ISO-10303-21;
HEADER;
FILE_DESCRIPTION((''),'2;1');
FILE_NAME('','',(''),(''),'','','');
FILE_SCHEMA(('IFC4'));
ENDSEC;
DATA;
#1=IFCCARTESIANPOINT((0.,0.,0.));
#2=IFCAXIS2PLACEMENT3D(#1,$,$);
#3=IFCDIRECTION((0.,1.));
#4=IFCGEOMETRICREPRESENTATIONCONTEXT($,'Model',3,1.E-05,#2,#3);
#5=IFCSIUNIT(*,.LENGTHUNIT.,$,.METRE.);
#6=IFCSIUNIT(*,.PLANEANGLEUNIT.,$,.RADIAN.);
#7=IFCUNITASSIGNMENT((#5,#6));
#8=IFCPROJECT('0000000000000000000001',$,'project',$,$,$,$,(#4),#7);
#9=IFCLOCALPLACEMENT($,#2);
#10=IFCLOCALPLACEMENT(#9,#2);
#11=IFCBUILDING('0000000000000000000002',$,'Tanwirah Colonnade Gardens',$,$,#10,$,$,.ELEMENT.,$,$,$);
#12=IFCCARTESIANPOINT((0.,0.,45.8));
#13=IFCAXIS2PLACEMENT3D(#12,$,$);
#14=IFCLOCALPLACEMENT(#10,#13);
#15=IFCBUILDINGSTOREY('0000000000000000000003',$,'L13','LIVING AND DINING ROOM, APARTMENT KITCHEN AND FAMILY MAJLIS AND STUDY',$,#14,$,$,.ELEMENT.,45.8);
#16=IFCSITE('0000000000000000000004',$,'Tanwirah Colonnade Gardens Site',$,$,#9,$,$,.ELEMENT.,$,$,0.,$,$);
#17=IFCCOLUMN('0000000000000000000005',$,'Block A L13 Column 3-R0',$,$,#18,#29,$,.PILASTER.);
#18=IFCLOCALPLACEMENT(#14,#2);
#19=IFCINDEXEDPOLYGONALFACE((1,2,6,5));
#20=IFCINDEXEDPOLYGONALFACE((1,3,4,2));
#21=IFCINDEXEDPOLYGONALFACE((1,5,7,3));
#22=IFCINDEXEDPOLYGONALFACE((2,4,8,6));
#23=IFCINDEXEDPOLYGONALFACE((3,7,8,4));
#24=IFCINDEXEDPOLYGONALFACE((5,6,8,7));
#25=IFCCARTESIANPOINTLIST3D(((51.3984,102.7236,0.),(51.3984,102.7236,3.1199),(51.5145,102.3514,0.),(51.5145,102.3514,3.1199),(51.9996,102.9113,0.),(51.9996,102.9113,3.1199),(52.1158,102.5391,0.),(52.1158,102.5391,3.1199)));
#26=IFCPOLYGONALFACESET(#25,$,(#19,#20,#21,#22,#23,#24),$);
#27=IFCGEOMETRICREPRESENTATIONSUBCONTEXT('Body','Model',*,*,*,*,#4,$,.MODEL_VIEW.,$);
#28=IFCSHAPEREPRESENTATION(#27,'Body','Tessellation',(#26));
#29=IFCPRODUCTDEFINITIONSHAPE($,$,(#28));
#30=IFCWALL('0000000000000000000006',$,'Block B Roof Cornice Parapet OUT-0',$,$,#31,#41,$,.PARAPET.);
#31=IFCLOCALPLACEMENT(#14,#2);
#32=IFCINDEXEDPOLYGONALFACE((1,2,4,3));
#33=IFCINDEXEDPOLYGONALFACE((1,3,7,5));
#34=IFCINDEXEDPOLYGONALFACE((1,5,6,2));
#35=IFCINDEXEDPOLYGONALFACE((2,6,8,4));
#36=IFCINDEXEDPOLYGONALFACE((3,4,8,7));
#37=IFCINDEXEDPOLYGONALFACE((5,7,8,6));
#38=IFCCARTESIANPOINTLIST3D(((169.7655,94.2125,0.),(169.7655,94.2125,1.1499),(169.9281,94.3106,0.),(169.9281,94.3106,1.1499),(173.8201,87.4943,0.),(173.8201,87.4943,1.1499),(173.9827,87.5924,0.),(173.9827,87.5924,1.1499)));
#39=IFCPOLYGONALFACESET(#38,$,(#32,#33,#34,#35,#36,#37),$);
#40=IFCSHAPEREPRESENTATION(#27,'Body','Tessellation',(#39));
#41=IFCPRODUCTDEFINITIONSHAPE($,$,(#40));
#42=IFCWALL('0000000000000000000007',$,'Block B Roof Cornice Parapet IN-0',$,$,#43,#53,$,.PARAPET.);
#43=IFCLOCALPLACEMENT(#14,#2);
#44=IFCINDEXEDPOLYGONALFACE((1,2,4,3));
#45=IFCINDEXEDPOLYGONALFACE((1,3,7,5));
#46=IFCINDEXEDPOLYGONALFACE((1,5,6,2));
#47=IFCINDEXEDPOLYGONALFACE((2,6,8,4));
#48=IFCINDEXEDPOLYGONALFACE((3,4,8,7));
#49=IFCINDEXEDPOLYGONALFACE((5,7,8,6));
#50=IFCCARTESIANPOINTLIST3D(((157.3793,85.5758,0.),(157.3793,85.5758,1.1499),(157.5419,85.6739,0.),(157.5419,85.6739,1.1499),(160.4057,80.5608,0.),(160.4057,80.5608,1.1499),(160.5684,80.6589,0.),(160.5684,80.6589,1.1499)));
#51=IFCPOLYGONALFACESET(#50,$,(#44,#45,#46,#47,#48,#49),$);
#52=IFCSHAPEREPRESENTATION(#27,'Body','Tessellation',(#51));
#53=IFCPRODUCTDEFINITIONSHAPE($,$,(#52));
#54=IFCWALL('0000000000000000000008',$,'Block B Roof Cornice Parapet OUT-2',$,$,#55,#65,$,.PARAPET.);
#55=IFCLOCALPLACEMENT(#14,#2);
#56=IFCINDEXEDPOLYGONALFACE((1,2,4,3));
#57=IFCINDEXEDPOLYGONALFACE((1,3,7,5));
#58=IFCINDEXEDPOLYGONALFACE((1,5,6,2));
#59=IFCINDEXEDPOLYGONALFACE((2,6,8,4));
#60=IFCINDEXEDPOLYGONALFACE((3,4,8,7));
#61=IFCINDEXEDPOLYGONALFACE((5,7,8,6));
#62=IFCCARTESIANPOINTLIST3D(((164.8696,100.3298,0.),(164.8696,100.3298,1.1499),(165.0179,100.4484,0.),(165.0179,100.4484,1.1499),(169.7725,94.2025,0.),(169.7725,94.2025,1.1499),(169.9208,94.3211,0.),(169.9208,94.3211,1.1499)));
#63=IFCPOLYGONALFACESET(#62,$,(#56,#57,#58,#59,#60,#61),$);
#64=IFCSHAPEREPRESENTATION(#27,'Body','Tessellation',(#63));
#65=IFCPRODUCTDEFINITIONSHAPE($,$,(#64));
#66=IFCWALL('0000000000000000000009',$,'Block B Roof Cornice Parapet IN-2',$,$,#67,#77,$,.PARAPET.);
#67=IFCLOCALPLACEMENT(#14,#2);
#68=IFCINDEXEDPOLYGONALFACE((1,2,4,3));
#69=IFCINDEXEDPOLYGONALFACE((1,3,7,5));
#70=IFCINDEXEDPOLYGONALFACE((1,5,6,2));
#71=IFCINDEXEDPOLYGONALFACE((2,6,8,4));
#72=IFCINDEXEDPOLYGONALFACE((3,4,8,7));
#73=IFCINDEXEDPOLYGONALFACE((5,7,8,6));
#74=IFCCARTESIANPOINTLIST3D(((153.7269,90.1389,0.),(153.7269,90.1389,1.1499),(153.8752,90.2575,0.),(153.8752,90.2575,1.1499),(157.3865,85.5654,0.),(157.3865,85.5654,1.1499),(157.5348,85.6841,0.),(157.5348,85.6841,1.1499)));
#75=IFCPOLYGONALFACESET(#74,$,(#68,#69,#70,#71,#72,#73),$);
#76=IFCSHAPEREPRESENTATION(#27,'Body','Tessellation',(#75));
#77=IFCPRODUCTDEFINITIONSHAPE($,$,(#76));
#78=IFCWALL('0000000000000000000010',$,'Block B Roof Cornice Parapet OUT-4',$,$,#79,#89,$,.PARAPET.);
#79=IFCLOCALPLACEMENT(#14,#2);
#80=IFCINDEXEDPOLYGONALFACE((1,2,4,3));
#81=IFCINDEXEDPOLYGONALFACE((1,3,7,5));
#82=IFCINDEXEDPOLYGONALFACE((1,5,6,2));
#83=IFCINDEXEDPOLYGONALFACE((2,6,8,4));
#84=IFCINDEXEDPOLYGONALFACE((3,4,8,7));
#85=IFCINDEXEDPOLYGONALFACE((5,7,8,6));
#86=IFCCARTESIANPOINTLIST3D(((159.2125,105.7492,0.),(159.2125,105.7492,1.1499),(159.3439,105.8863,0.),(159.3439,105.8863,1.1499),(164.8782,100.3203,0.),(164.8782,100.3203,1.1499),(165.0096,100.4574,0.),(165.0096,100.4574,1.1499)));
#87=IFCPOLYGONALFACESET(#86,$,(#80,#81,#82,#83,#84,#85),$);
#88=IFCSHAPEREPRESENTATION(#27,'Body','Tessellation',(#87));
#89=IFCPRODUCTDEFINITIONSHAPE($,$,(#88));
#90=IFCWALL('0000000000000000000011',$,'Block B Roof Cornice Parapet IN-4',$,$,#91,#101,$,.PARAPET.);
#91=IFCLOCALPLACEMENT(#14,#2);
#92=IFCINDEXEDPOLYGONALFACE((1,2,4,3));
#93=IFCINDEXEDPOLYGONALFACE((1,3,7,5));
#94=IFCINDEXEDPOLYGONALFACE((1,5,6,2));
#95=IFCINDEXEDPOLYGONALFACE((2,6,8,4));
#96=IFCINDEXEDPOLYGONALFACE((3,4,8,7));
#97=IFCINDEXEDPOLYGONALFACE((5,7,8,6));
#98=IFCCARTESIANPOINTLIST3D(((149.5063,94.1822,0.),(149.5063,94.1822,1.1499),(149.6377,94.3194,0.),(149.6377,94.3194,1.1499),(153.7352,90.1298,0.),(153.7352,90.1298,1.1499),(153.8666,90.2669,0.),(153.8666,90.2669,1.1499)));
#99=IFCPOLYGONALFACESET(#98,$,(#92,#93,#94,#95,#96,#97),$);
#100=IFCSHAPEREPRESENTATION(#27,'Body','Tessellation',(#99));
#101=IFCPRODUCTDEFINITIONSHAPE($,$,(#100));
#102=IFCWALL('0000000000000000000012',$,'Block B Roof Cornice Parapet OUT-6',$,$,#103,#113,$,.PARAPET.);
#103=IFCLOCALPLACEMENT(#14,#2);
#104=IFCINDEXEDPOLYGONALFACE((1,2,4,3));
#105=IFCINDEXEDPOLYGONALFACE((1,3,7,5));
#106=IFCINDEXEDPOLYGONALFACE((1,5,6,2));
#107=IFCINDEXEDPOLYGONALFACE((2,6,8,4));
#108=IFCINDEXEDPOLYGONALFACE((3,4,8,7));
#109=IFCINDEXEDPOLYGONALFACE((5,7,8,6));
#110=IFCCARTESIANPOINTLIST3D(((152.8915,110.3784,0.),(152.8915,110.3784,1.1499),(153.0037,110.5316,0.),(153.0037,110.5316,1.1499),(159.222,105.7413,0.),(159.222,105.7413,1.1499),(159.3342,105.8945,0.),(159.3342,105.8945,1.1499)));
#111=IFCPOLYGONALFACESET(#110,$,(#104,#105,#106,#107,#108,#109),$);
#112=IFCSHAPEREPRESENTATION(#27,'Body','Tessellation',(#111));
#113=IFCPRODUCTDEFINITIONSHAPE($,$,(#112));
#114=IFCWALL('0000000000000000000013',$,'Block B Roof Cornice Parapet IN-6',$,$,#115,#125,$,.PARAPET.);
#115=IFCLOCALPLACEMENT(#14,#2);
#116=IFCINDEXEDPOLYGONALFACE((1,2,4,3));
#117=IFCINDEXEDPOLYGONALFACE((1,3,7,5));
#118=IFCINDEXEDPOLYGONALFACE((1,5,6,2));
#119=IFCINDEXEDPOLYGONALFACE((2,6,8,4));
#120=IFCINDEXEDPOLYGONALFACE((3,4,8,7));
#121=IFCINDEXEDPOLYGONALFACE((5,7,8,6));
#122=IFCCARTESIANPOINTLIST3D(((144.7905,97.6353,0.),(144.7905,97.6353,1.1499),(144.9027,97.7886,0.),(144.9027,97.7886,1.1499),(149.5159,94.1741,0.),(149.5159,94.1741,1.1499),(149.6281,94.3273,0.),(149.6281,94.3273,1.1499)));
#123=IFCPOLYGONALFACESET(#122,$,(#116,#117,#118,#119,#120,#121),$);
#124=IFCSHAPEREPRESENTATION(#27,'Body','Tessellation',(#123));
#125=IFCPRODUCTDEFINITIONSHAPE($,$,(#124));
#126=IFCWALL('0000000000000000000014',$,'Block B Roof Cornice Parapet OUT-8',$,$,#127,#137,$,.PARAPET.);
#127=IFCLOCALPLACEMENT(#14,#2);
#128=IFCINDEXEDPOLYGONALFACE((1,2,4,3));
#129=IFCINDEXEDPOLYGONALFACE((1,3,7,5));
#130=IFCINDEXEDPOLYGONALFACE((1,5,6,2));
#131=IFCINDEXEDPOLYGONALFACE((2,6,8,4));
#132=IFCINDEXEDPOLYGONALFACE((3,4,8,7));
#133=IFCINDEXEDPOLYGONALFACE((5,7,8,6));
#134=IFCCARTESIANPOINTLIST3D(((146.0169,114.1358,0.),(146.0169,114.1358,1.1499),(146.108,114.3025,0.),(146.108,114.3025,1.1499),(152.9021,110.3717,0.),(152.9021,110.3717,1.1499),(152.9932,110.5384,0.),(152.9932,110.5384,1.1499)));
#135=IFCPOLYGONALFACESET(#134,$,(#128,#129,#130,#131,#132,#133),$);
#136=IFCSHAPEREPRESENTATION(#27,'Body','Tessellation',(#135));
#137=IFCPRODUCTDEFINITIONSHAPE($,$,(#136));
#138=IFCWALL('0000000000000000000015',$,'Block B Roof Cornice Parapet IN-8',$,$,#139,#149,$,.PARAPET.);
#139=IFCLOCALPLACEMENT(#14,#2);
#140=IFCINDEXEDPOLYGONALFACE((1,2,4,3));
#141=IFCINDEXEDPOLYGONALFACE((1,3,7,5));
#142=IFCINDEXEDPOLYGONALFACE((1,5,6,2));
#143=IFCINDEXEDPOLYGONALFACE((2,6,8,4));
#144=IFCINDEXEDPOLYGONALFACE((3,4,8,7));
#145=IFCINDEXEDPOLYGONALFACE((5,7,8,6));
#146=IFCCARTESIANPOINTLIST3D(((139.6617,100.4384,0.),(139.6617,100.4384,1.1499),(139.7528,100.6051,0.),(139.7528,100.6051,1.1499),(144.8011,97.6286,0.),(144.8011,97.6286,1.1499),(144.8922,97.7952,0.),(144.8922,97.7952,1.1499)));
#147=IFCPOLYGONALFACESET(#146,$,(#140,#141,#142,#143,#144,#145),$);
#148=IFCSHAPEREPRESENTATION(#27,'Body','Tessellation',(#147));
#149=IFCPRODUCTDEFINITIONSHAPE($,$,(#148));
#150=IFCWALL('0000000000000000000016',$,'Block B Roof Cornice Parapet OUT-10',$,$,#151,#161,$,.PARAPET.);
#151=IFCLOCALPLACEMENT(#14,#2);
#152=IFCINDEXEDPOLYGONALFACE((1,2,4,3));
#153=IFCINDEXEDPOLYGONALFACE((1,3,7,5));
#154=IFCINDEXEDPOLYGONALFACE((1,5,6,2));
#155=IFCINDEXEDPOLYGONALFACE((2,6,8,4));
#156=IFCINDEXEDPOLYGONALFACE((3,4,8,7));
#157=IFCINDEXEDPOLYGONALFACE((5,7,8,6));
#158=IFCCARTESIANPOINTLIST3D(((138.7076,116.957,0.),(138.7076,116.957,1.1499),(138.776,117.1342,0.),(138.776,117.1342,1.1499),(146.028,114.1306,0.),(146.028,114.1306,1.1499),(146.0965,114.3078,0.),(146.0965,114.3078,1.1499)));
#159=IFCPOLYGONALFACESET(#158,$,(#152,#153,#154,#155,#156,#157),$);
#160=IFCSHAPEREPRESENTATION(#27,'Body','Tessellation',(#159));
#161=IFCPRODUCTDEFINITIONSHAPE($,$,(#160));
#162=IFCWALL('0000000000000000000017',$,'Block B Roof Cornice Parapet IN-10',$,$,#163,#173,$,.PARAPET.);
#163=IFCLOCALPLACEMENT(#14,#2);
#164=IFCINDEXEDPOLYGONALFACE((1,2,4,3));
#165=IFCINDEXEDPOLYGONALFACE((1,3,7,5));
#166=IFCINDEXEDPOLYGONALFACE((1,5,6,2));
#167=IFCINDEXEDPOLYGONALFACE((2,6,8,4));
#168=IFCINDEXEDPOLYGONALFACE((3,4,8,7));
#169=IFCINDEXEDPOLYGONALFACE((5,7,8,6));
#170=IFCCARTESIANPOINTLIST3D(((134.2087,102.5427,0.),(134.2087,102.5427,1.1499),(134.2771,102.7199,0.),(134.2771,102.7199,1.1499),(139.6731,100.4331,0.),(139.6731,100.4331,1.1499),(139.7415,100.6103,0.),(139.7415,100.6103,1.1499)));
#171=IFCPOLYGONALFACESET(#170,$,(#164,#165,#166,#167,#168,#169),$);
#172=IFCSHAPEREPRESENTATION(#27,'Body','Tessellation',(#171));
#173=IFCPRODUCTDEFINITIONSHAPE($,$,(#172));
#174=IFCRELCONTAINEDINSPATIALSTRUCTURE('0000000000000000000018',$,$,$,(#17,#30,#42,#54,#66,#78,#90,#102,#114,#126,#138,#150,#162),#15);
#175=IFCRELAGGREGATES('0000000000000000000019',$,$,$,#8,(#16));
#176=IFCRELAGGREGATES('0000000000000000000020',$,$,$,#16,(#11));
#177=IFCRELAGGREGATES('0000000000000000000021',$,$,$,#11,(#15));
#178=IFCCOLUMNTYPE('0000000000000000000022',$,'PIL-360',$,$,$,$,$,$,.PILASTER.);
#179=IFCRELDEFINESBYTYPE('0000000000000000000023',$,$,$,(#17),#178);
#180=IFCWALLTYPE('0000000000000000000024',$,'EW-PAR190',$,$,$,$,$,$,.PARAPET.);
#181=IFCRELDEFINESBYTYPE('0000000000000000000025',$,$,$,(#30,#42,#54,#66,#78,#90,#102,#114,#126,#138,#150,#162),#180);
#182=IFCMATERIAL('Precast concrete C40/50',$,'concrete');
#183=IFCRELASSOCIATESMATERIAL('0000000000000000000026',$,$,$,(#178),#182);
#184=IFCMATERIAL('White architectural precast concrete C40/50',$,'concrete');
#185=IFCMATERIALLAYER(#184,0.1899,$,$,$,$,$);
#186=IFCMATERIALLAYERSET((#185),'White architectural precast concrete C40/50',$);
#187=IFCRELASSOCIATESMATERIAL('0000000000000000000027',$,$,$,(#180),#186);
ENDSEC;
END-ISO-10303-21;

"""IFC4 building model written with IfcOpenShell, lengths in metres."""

from ifc_helpers import new_model, si_unit, direction, frame, frame_2d, origin, origin_2d, place, context, subcontext, project, spatial, rectangle, extrude, material, layer, layer_set, material_profile, profile_set, type_object, element, save


model = new_model("IFC4")

# Units and contexts
model_context = context("Model", 3, precision=1e-05, world=origin(), true_north=direction((0.0, 1.0)))
body_context = subcontext(model_context, "Body", "Model", "MODEL_VIEW")
ifc_project = project(units=[si_unit("LENGTHUNIT", "METRE"), si_unit("PLANEANGLEUNIT", "RADIAN")], contexts=[model_context])

# Site, building, storey
site_placement = place(None, origin())
site = spatial("IfcSite", under=ifc_project, at=site_placement, Name="Tanwirah Colonnade Gardens Site", CompositionType="ELEMENT", RefElevation=0.0)
building_placement = place(site_placement, origin())
building = spatial("IfcBuilding", under=site, at=building_placement, Name="Tanwirah Colonnade Gardens", CompositionType="ELEMENT")
storey_placement = place(building_placement, frame((0.0, 0.0, 45.8)))
storey = spatial("IfcBuildingStorey", under=building, at=storey_placement, Name="L13", Description="LIVING AND DINING ROOM, APARTMENT KITCHEN AND FAMILY MAJLIS AND STUDY", CompositionType="ELEMENT", Elevation=45.8)

# Column
ifc_material_1 = material(Name="Precast concrete C40/50", Category="concrete")
ifc_material_profile = material_profile(ifc_material_1, rectangle(XDim=0.3899, YDim=0.6299, at=origin_2d()), Name="PC-PIL 390x630")
ifc_profile_set = profile_set([ifc_material_profile], Name="Precast concrete C40/50")
column_type = type_object("IfcColumnType", Name="PIL-360", PredefinedType="PILASTER", material=ifc_profile_set)
column_placement = place(storey_placement, frame((51.7571, 102.6313, 0.0), z_axis=(0.0, 0.0, 1.0), x_axis=(-0.29793, 0.954588, 0.0)))
element("IfcColumn", 1, at=column_placement, inside=storey, type_object=column_type, Name="Block A L13 Column 3-R0", PredefinedType="PILASTER", context=body_context, shape_type="SweptSolid", body=[
    extrude(rectangle(XDim=0.3899, YDim=0.6299, at=origin_2d()), origin(), (0.0, 0.0, 1.0), 3.1199),
])

# Walls
ifc_material_2 = material(Name="White architectural precast concrete C40/50", Category="concrete")
ifc_layer_1 = layer(ifc_material_2, 0.1899)
ifc_layer_set_1 = layer_set([ifc_layer_1], Name="White architectural precast concrete C40/50")
wall_type_1 = type_object("IfcWallType", Name="EW-PAR190", PredefinedType="PARAPET", material=ifc_layer_set_1)
wall_1_placement = place(storey_placement, frame((173.9014, 87.5435, 0.0), z_axis=(0.0, 0.0, 1.0), x_axis=(-0.516718, 0.856156, 0.0)))
element("IfcWall", 2, at=wall_1_placement, inside=storey, type_object=wall_type_1, Name="Block B Roof Cornice Parapet OUT-0", PredefinedType="PARAPET", context=body_context, shape_type="SweptSolid", body=[
    extrude(rectangle(XDim=7.8469, YDim=0.1899, at=frame_2d((3.9233, 0.0))), origin(), (0.0, 0.0, 1.0), 1.1499),
])
wall_2_placement = place(storey_placement, frame((160.4871, 80.6099, 0.0), z_axis=(0.0, 0.0, 1.0), x_axis=(-0.516682, 0.856177, 0.0)))
element("IfcWall", 3, at=wall_2_placement, inside=storey, type_object=wall_type_1, Name="Block B Roof Cornice Parapet IN-0", PredefinedType="PARAPET", context=body_context, shape_type="SweptSolid", body=[
    extrude(rectangle(XDim=5.8574, YDim=0.1899, at=frame_2d((2.9287, 0.0))), origin(), (0.0, 0.0, 1.0), 1.1499),
])
wall_3_placement = place(storey_placement, frame((169.8467, 94.2617, 0.0), z_axis=(0.0, 0.0, 1.0), x_axis=(-0.624779, 0.780802, 0.0)))
element("IfcWall", 4, at=wall_3_placement, inside=storey, type_object=wall_type_1, Name="Block B Roof Cornice Parapet OUT-2", PredefinedType="PARAPET", context=body_context, shape_type="SweptSolid", body=[
    extrude(rectangle(XDim=7.8474, YDim=0.1899, at=frame_2d((3.9238, 0.0))), origin(), (0.0, 0.0, 1.0), 1.1499),
])
wall_4_placement = place(storey_placement, frame((157.4607, 85.6248, 0.0), z_axis=(0.0, 0.0, 1.0), x_axis=(-0.624787, 0.780796, 0.0)))
element("IfcWall", 5, at=wall_4_placement, inside=storey, type_object=wall_type_1, Name="Block B Roof Cornice Parapet IN-2", PredefinedType="PARAPET", context=body_context, shape_type="SweptSolid", body=[
    extrude(rectangle(XDim=5.8574, YDim=0.1899, at=frame_2d((2.9287, 0.0))), origin(), (0.0, 0.0, 1.0), 1.1499),
])
wall_5_placement = place(storey_placement, frame((164.9438, 100.3889, 0.0), z_axis=(0.0, 0.0, 1.0), x_axis=(-0.722035, 0.691856, 0.0)))
element("IfcWall", 6, at=wall_5_placement, inside=storey, type_object=wall_type_1, Name="Block B Roof Cornice Parapet OUT-4", PredefinedType="PARAPET", context=body_context, shape_type="SweptSolid", body=[
    extrude(rectangle(XDim=7.8469, YDim=0.1899, at=frame_2d((3.9233, 0.0))), origin(), (0.0, 0.0, 1.0), 1.1499),
])
wall_6_placement = place(storey_placement, frame((153.801, 90.1982, 0.0), z_axis=(0.0, 0.0, 1.0), x_axis=(-0.722014, 0.691878, 0.0)))
element("IfcWall", 7, at=wall_6_placement, inside=storey, type_object=wall_type_1, Name="Block B Roof Cornice Parapet IN-4", PredefinedType="PARAPET", context=body_context, shape_type="SweptSolid", body=[
    extrude(rectangle(XDim=5.8572, YDim=0.1899, at=frame_2d((2.9287, 0.0))), origin(), (0.0, 0.0, 1.0), 1.1499),
])
wall_7_placement = place(storey_placement, frame((159.2781, 105.8179, 0.0), z_axis=(0.0, 0.0, 1.0), x_axis=(-0.806721, 0.590932, 0.0)))
element("IfcWall", 8, at=wall_7_placement, inside=storey, type_object=wall_type_1, Name="Block B Roof Cornice Parapet OUT-6", PredefinedType="PARAPET", context=body_context, shape_type="SweptSolid", body=[
    extrude(rectangle(XDim=7.8472, YDim=0.1899, at=frame_2d((3.9236, 0.0))), origin(), (0.0, 0.0, 1.0), 1.1499),
])
wall_8_placement = place(storey_placement, frame((149.572, 94.2507, 0.0), z_axis=(0.0, 0.0, 1.0), x_axis=(-0.806736, 0.590912, 0.0)))
element("IfcWall", 9, at=wall_8_placement, inside=storey, type_object=wall_type_1, Name="Block B Roof Cornice Parapet IN-6", PredefinedType="PARAPET", context=body_context, shape_type="SweptSolid", body=[
    extrude(rectangle(XDim=5.8574, YDim=0.1899, at=frame_2d((2.9287, 0.0))), origin(), (0.0, 0.0, 1.0), 1.1499),
])
wall_9_placement = place(storey_placement, frame((152.9475, 110.4551, 0.0), z_axis=(0.0, 0.0, 1.0), x_axis=(-0.877436, 0.479693, 0.0)))
element("IfcWall", 10, at=wall_9_placement, inside=storey, type_object=wall_type_1, Name="Block B Roof Cornice Parapet OUT-8", PredefinedType="PARAPET", context=body_context, shape_type="SweptSolid", body=[
    extrude(rectangle(XDim=7.8469, YDim=0.1899, at=frame_2d((3.9233, 0.0))), origin(), (0.0, 0.0, 1.0), 1.1499),
])
wall_10_placement = place(storey_placement, frame((144.8467, 97.7119, 0.0), z_axis=(0.0, 0.0, 1.0), x_axis=(-0.877428, 0.479708, 0.0)))
element("IfcWall", 11, at=wall_10_placement, inside=storey, type_object=wall_type_1, Name="Block B Roof Cornice Parapet IN-8", PredefinedType="PARAPET", context=body_context, shape_type="SweptSolid", body=[
    extrude(rectangle(XDim=5.8574, YDim=0.1899, at=frame_2d((2.9287, 0.0))), origin(), (0.0, 0.0, 1.0), 1.1499),
])
wall_11_placement = place(storey_placement, frame((146.0623, 114.2192, 0.0), z_axis=(0.0, 0.0, 1.0), x_axis=(-0.932883, 0.36018, 0.0)))
element("IfcWall", 12, at=wall_11_placement, inside=storey, type_object=wall_type_1, Name="Block B Roof Cornice Parapet OUT-10", PredefinedType="PARAPET", context=body_context, shape_type="SweptSolid", body=[
    extrude(rectangle(XDim=7.8472, YDim=0.1899, at=frame_2d((3.9236, 0.0))), origin(), (0.0, 0.0, 1.0), 1.1499),
])
wall_12_placement = place(storey_placement, frame((139.7073, 100.5217, 0.0), z_axis=(0.0, 0.0, 1.0), x_axis=(-0.93289, 0.36016, 0.0)))
element("IfcWall", 13, at=wall_12_placement, inside=storey, type_object=wall_type_1, Name="Block B Roof Cornice Parapet IN-10", PredefinedType="PARAPET", context=body_context, shape_type="SweptSolid", body=[
    extrude(rectangle(XDim=5.8574, YDim=0.1899, at=frame_2d((2.9287, 0.0))), origin(), (0.0, 0.0, 1.0), 1.1499),
])

save(model, "model.ifc")
